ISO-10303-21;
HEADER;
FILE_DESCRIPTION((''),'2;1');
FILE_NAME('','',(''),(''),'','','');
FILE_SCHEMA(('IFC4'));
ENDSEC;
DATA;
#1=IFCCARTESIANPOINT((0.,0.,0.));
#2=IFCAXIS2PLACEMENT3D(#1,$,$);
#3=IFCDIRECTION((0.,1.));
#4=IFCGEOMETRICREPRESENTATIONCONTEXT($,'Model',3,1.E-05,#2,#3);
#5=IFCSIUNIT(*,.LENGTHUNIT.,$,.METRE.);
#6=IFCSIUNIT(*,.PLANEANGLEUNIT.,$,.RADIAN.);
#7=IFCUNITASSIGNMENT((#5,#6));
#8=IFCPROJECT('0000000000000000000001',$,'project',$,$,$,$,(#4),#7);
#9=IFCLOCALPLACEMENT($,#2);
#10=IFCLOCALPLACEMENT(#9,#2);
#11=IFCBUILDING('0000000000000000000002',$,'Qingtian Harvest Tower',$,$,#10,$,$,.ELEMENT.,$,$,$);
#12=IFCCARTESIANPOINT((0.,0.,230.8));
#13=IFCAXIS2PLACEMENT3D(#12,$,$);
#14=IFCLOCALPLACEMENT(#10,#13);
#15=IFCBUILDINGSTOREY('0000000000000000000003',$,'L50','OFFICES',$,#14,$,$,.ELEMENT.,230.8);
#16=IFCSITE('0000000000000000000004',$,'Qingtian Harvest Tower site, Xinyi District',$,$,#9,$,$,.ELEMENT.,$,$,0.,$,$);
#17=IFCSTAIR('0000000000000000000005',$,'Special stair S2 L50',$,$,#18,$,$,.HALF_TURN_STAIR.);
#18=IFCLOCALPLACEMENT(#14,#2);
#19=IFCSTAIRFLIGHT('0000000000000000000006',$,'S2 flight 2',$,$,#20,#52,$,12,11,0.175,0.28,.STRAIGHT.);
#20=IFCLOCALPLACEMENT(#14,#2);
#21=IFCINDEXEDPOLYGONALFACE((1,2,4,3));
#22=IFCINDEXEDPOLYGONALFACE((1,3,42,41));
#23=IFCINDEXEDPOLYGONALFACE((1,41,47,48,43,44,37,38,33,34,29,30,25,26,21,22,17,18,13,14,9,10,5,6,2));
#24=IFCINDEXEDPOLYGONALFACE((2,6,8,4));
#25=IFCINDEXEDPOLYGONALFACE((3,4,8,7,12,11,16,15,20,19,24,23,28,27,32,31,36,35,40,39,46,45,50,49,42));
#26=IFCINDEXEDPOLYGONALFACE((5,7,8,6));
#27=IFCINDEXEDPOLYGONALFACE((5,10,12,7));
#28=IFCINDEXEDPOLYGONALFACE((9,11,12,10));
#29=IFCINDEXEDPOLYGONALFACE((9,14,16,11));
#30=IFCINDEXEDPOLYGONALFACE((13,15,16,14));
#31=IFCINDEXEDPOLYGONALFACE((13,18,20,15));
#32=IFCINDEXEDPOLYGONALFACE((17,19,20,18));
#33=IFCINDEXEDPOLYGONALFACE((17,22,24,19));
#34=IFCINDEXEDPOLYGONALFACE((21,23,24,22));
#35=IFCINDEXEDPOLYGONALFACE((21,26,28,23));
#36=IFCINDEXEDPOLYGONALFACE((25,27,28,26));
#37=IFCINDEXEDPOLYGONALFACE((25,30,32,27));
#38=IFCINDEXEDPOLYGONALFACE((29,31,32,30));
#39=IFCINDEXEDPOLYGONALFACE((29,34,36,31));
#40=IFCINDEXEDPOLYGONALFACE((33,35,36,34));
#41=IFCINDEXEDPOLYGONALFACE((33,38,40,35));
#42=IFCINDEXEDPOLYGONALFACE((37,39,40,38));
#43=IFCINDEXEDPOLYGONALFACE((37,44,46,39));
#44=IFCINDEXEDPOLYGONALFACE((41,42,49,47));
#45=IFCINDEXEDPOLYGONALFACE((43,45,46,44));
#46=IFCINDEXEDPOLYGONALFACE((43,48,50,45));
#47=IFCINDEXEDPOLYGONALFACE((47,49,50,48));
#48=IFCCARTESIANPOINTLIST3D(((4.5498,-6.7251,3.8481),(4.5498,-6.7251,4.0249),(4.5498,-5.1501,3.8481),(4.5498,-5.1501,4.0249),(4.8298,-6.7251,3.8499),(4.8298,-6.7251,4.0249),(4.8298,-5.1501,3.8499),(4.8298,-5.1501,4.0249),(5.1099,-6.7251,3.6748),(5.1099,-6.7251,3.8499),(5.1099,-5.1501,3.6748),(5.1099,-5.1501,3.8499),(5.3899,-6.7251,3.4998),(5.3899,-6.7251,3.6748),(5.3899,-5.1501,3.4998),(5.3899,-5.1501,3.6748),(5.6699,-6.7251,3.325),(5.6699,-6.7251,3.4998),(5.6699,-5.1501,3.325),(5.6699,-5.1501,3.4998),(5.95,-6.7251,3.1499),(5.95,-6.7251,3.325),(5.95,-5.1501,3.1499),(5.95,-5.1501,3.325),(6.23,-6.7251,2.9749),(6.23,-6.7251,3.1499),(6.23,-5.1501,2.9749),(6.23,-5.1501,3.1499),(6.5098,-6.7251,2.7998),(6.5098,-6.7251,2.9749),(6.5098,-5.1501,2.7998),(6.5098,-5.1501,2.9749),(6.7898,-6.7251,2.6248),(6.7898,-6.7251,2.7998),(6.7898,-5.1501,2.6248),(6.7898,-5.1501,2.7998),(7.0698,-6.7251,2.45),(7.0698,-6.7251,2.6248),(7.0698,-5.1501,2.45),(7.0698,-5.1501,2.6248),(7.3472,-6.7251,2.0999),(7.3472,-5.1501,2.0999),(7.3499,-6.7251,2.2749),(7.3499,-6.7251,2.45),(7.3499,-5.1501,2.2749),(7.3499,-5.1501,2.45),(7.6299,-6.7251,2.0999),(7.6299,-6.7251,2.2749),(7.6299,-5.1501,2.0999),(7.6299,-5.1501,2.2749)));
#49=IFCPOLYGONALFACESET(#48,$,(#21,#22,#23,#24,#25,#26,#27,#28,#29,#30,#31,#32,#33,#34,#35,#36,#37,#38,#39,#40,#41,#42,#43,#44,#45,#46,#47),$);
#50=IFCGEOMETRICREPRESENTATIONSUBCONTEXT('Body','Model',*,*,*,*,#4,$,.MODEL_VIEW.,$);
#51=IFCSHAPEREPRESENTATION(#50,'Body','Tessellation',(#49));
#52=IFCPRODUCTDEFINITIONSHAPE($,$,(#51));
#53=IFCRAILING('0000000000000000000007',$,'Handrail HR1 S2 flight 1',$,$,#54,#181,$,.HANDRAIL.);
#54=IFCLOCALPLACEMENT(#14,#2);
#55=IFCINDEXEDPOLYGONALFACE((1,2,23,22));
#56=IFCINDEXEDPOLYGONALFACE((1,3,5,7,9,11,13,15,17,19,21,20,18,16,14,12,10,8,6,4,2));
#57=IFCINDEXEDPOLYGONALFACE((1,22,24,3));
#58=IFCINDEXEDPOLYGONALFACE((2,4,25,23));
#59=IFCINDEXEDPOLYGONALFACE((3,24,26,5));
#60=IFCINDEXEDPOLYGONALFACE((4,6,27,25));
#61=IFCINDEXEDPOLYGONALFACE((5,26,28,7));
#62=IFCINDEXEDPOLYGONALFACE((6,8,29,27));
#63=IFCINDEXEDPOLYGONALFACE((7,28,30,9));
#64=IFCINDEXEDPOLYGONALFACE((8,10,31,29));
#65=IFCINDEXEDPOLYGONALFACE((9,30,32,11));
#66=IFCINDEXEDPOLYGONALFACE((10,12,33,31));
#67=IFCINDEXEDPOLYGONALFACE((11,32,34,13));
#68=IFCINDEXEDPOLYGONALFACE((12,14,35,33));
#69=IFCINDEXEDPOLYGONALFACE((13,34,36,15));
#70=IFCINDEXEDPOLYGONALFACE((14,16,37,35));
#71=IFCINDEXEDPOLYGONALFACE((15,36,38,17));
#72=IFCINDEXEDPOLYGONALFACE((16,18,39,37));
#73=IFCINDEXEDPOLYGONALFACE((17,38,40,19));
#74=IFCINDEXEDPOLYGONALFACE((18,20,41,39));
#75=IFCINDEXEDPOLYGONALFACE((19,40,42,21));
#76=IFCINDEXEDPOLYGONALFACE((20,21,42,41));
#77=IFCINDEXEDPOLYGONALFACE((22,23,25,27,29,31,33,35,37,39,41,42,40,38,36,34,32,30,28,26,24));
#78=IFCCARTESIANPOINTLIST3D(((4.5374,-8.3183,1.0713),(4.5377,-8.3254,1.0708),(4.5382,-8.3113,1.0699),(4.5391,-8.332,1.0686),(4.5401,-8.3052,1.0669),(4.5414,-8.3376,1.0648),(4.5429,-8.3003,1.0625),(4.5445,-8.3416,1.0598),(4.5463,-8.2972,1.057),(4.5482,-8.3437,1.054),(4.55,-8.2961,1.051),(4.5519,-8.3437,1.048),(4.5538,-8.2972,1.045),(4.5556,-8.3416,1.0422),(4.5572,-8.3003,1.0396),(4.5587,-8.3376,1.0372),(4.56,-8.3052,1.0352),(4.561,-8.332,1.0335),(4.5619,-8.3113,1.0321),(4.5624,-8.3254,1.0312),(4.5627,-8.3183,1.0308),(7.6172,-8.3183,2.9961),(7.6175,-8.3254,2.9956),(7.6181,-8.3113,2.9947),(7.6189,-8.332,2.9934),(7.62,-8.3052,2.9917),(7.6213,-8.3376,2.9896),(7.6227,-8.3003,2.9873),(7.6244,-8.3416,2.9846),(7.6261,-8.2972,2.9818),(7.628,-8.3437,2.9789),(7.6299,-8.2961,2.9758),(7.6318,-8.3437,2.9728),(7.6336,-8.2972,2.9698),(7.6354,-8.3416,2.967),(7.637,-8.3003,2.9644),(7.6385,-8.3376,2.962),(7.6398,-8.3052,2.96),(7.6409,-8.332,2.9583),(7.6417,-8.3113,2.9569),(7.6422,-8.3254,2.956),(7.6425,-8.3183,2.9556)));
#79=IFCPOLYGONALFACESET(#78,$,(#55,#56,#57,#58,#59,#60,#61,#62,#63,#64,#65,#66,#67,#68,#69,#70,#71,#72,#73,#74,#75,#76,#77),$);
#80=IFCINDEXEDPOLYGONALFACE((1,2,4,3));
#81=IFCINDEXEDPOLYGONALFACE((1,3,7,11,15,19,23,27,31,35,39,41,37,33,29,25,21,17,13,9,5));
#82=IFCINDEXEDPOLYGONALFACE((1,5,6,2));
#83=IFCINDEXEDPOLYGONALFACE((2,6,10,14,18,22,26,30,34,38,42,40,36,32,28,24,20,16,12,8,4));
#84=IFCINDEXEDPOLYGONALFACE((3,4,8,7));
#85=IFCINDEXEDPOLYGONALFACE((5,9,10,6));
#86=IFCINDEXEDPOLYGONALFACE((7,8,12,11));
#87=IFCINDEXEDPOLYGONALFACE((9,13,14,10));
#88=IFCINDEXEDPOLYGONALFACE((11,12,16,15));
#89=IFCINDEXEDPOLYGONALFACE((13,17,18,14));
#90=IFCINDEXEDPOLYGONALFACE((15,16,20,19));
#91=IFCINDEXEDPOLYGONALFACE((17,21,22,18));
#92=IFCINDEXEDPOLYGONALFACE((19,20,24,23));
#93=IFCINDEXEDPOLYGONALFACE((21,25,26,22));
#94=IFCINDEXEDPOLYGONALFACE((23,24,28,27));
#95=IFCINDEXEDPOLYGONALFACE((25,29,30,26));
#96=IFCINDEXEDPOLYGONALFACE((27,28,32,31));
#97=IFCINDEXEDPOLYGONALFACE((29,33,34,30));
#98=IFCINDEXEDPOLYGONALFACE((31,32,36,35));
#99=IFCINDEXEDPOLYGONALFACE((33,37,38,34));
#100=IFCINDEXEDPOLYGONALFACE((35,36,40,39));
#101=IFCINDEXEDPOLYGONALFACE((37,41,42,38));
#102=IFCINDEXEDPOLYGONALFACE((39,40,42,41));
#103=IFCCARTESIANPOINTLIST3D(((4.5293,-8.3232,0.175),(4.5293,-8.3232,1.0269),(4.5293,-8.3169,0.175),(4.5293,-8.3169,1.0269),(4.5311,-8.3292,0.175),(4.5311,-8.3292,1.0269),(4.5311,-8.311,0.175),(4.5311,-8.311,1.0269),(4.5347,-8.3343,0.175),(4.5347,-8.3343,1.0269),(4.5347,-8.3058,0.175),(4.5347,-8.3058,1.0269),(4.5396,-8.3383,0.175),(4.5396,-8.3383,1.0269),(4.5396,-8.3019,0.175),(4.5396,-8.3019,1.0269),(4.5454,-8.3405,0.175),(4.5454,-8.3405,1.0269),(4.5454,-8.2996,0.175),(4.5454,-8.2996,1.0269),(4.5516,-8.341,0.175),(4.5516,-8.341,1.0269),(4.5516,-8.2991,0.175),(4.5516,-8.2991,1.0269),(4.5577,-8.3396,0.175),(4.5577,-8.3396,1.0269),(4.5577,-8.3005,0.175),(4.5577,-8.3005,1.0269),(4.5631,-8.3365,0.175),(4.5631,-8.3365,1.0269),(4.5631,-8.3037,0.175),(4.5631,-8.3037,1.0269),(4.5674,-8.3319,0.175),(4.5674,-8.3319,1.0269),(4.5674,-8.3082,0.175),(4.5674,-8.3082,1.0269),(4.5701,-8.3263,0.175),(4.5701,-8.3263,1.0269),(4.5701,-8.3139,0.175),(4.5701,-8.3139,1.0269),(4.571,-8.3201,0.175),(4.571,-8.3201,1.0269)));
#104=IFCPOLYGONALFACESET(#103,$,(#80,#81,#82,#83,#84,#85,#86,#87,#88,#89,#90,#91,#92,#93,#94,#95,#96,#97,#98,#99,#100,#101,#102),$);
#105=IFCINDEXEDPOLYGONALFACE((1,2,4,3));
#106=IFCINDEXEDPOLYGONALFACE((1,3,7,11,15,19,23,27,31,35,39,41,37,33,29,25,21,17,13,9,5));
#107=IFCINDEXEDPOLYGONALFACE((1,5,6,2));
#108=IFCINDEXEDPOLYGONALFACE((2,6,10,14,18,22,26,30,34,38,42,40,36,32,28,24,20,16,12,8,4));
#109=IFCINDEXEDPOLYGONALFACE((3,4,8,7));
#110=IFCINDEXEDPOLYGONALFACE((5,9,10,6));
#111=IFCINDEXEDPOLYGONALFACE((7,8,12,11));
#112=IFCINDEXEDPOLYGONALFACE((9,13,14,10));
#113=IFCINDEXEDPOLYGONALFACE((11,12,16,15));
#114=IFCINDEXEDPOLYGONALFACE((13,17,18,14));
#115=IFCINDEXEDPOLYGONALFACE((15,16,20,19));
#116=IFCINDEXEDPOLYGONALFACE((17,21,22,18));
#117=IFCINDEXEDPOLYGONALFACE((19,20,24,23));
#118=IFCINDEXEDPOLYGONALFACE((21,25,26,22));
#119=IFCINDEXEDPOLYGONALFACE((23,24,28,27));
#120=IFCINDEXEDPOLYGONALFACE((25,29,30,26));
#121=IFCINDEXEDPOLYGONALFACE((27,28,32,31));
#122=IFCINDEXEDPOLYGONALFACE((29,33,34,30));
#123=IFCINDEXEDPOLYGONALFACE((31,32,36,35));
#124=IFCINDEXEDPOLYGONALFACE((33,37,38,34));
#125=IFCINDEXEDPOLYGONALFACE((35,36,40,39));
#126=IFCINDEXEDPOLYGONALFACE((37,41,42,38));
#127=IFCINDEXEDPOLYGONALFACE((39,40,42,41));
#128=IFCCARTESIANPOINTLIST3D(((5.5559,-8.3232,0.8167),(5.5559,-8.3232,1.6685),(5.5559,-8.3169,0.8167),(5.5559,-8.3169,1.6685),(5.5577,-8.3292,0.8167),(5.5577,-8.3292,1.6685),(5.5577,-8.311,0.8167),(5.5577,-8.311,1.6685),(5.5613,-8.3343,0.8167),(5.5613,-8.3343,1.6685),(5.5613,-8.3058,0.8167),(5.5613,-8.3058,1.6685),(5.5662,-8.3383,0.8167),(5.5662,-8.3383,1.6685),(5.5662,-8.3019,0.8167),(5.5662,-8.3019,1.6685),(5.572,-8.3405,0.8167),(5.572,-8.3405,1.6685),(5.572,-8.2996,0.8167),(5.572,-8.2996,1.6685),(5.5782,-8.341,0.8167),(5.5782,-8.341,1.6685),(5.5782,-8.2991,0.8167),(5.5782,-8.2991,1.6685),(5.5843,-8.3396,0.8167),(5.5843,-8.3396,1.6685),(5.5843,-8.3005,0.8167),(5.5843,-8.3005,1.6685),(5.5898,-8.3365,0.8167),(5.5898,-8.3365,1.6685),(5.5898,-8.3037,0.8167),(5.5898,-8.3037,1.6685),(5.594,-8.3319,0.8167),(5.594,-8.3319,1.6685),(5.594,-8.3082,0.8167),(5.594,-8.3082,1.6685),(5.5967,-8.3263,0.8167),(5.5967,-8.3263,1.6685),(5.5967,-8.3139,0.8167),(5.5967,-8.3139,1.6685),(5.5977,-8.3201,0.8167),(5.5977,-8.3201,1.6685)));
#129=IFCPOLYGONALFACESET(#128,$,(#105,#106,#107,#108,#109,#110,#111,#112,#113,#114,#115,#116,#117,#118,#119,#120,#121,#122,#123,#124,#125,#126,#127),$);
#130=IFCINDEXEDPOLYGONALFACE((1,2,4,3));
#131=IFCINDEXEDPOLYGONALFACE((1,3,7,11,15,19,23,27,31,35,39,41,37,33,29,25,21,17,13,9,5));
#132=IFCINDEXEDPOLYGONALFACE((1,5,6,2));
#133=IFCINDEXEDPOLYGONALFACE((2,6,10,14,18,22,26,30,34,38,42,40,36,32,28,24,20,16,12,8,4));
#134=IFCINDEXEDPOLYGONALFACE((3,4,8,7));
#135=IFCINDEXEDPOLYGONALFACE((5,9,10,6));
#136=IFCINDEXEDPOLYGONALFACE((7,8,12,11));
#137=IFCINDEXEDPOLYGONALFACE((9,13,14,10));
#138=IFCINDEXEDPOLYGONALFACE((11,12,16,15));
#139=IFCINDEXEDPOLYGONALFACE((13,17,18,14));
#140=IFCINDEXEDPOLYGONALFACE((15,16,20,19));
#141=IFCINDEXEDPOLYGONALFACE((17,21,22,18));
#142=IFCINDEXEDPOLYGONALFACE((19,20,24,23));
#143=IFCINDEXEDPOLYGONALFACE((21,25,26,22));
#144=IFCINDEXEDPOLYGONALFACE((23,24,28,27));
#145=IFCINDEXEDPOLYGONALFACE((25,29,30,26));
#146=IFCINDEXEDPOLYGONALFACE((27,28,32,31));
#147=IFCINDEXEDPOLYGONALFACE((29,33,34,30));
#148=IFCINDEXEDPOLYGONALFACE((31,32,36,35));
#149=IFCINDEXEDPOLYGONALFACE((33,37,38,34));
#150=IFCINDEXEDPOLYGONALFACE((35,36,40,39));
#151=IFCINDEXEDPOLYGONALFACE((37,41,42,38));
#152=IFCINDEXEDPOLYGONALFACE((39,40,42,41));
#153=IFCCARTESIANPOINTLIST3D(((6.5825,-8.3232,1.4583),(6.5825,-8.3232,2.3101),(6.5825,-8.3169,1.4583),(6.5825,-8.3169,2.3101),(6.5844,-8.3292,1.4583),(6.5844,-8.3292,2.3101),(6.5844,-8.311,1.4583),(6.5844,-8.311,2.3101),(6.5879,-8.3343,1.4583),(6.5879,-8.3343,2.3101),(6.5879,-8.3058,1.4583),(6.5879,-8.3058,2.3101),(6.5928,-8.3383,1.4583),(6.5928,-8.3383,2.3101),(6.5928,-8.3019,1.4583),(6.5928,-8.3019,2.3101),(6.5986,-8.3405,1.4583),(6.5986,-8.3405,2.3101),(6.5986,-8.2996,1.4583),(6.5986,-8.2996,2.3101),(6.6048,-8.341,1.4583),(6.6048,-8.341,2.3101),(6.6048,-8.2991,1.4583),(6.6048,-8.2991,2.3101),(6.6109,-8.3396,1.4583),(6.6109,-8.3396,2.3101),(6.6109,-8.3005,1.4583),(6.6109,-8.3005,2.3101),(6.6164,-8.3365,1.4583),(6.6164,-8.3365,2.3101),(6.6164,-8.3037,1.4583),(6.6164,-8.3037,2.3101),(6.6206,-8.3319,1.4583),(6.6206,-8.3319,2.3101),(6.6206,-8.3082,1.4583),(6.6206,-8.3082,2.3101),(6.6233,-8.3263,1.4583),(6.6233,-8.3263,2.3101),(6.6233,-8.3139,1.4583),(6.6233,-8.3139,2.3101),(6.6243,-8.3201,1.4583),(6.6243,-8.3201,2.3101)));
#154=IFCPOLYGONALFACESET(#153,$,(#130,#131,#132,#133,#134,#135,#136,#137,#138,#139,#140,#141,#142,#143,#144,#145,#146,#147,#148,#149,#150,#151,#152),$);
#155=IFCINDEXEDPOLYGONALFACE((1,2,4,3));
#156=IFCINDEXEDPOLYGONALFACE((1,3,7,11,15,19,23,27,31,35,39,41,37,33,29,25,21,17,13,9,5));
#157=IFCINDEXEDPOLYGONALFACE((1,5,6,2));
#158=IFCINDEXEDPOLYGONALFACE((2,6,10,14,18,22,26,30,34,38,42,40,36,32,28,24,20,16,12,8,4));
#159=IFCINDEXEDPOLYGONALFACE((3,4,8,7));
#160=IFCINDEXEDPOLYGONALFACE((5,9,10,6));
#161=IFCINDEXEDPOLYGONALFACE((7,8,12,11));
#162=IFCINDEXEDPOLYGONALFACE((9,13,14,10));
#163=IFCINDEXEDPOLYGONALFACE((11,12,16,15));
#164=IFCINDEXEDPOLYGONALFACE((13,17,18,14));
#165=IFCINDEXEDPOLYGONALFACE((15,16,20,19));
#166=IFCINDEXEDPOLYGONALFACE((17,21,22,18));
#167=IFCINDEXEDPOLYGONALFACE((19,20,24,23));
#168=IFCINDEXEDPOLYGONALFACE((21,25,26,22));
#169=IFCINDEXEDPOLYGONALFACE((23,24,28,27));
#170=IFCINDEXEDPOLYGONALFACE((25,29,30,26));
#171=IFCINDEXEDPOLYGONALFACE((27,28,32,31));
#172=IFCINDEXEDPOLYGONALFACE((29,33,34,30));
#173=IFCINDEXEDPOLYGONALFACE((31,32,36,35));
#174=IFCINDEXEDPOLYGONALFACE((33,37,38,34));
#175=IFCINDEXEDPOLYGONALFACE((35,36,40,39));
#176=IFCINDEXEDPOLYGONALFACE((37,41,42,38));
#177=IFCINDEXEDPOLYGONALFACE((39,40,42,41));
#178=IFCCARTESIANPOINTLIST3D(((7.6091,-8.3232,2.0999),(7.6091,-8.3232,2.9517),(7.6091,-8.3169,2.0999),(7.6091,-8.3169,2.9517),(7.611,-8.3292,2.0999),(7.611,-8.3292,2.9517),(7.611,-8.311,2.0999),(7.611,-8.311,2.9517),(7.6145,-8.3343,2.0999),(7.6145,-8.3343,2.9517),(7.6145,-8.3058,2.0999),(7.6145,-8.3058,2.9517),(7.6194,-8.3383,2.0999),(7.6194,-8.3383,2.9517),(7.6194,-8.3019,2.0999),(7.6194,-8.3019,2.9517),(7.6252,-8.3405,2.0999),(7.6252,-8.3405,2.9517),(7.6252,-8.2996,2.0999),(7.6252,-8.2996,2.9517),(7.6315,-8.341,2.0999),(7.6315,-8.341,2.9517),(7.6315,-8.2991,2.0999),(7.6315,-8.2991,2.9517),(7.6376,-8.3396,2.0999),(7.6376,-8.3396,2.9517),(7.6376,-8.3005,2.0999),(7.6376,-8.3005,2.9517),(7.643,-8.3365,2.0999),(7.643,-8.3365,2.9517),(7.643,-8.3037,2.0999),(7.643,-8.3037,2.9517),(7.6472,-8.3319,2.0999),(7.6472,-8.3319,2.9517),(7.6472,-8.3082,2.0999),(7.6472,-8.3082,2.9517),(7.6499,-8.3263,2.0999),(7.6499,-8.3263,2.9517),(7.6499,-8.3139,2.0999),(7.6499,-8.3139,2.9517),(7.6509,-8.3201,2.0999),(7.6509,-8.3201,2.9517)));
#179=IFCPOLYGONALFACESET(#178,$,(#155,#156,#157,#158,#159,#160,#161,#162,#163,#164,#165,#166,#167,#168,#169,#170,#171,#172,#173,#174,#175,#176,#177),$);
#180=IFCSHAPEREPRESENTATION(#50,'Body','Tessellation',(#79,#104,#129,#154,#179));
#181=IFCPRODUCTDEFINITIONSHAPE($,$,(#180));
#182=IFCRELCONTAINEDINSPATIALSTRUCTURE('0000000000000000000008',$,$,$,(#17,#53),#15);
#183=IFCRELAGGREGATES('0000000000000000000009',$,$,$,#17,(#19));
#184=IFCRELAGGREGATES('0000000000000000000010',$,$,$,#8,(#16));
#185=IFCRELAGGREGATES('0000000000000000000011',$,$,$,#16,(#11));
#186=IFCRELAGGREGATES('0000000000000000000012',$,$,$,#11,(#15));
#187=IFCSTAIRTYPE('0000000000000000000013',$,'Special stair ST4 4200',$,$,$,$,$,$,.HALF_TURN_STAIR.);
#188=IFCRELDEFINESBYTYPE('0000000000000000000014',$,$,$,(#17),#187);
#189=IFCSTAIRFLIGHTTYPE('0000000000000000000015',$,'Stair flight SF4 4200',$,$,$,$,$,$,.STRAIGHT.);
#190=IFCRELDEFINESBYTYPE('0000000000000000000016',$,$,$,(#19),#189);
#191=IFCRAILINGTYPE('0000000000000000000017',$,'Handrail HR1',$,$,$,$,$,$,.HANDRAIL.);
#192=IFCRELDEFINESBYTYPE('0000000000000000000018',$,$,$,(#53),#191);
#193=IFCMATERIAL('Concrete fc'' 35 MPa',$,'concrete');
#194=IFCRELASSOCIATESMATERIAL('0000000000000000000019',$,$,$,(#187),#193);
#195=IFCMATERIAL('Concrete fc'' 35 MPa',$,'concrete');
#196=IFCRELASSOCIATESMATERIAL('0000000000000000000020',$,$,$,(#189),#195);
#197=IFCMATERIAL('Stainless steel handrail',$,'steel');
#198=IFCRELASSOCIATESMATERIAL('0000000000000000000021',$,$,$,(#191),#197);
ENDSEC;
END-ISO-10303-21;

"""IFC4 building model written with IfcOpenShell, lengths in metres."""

from ifc_helpers import new_model, si_unit, direction, frame, origin, origin_2d, place, context, subcontext, project, spatial, polyline, circle, outline, extrude, material, type_object, element, aggregate, save


model = new_model("IFC4")

# Units and contexts
model_context = context("Model", 3, precision=1e-05, world=origin(), true_north=direction((0.0, 1.0)))
body_context = subcontext(model_context, "Body", "Model", "MODEL_VIEW")
ifc_project = project(units=[si_unit("LENGTHUNIT", "METRE"), si_unit("PLANEANGLEUNIT", "RADIAN")], contexts=[model_context])

# Site, building, storey
site_placement = place(None, origin())
site = spatial("IfcSite", under=ifc_project, at=site_placement, Name="Qingtian Harvest Tower site, Xinyi District", CompositionType="ELEMENT", RefElevation=0.0)
building_placement = place(site_placement, origin())
building = spatial("IfcBuilding", under=site, at=building_placement, Name="Qingtian Harvest Tower", CompositionType="ELEMENT")
storey_placement = place(building_placement, frame((0.0, 0.0, 230.8)))
storey = spatial("IfcBuildingStorey", under=building, at=storey_placement, Name="L50", Description="OFFICES", CompositionType="ELEMENT", Elevation=230.8)

# Stair, stair flight
ifc_material_1 = material(Name="Concrete fc' 35 MPa", Category="concrete")
stair_type = type_object("IfcStairType", Name="Special stair ST4 4200", PredefinedType="HALF_TURN_STAIR", material=ifc_material_1)
stair_placement = place(storey_placement, origin())
stair = element("IfcStair", 1, at=stair_placement, inside=storey, type_object=stair_type, Name="Special stair S2 L50", PredefinedType="HALF_TURN_STAIR")
ifc_material_2 = material(Name="Concrete fc' 35 MPa", Category="concrete")
stair_flight_type = type_object("IfcStairFlightType", Name="Stair flight SF4 4200", PredefinedType="STRAIGHT", material=ifc_material_2)
stair_flight_1_placement = place(storey_placement, frame((7.6299, -5.9375, 2.0999), z_axis=(0.0, 0.0, 1.0), x_axis=(-1.0, 0.0, 0.0)))
stair_flight_1 = element("IfcStairFlight", 2, at=stair_flight_1_placement, type_object=stair_flight_type, Name="S2 flight 2", NumberOfRisers=12, NumberOfTreads=11, PredefinedType="STRAIGHT", RiserHeight=0.175, TreadLength=0.28, context=body_context, shape_type="SweptSolid", body=[
    extrude(outline(polyline([(0.0, 0.0), (0.0, 0.175), (0.28, 0.175), (0.28, 0.3501), (0.5601, 0.3501), (0.5601, 0.5249), (0.8401, 0.5249), (0.8401, 0.7), (1.1201, 0.7), (1.1201, 0.875), (1.3999, 0.875), (1.3999, 1.05), (1.6799, 1.05), (1.6799, 1.2251), (1.96, 1.2251), (1.96, 1.3999), (2.24, 1.3999), (2.24, 1.575), (2.52, 1.575), (2.52, 1.75), (2.8, 1.75), (2.8, 1.925), (3.0801, 1.925), (3.0801, 2.1001), (3.0801, 1.7483), (0.2827, 0.0), (0.0, 0.0)])), frame((0.0, 0.7876, 0.0), z_axis=(0.0, -1.0, 0.0), x_axis=(1.0, 0.0, 0.0)), (0.0, 0.0, 1.0), 1.575),
])
aggregate(stair, [stair_flight_1])

# Railing
ifc_material_3 = material(Name="Stainless steel handrail", Category="steel")
railing_type = type_object("IfcRailingType", Name="Handrail HR1", PredefinedType="HANDRAIL", material=ifc_material_3)
railing_1_placement = place(storey_placement, frame((4.55, -8.3201, 0.175)))
element("IfcRailing", 3, at=railing_1_placement, inside=storey, type_object=railing_type, Name="Handrail HR1 S2 flight 1", PredefinedType="HANDRAIL", context=body_context, shape_type="SweptSolid", body=[
    extrude(circle(Radius=0.0239, at=origin_2d()), frame((0.0, 0.0, 0.876), z_axis=(0.84801, 0.0, 0.529981), x_axis=(0.0, 1.0, 0.0)), (0.0, 0.0, 1.0), 3.6318),
    extrude(circle(Radius=0.021, at=origin_2d()), origin(), (0.0, 0.0, 1.0), 0.8518),
    extrude(circle(Radius=0.021, at=origin_2d()), frame((1.0266, 0.0, 0.6416)), (0.0, 0.0, 1.0), 0.8518),
    extrude(circle(Radius=0.021, at=origin_2d()), frame((2.0532, 0.0, 1.2832)), (0.0, 0.0, 1.0), 0.8518),
    extrude(circle(Radius=0.021, at=origin_2d()), frame((3.0798, 0.0, 1.9248)), (0.0, 0.0, 1.0), 0.8518),
])

save(model, "model.ifc")
